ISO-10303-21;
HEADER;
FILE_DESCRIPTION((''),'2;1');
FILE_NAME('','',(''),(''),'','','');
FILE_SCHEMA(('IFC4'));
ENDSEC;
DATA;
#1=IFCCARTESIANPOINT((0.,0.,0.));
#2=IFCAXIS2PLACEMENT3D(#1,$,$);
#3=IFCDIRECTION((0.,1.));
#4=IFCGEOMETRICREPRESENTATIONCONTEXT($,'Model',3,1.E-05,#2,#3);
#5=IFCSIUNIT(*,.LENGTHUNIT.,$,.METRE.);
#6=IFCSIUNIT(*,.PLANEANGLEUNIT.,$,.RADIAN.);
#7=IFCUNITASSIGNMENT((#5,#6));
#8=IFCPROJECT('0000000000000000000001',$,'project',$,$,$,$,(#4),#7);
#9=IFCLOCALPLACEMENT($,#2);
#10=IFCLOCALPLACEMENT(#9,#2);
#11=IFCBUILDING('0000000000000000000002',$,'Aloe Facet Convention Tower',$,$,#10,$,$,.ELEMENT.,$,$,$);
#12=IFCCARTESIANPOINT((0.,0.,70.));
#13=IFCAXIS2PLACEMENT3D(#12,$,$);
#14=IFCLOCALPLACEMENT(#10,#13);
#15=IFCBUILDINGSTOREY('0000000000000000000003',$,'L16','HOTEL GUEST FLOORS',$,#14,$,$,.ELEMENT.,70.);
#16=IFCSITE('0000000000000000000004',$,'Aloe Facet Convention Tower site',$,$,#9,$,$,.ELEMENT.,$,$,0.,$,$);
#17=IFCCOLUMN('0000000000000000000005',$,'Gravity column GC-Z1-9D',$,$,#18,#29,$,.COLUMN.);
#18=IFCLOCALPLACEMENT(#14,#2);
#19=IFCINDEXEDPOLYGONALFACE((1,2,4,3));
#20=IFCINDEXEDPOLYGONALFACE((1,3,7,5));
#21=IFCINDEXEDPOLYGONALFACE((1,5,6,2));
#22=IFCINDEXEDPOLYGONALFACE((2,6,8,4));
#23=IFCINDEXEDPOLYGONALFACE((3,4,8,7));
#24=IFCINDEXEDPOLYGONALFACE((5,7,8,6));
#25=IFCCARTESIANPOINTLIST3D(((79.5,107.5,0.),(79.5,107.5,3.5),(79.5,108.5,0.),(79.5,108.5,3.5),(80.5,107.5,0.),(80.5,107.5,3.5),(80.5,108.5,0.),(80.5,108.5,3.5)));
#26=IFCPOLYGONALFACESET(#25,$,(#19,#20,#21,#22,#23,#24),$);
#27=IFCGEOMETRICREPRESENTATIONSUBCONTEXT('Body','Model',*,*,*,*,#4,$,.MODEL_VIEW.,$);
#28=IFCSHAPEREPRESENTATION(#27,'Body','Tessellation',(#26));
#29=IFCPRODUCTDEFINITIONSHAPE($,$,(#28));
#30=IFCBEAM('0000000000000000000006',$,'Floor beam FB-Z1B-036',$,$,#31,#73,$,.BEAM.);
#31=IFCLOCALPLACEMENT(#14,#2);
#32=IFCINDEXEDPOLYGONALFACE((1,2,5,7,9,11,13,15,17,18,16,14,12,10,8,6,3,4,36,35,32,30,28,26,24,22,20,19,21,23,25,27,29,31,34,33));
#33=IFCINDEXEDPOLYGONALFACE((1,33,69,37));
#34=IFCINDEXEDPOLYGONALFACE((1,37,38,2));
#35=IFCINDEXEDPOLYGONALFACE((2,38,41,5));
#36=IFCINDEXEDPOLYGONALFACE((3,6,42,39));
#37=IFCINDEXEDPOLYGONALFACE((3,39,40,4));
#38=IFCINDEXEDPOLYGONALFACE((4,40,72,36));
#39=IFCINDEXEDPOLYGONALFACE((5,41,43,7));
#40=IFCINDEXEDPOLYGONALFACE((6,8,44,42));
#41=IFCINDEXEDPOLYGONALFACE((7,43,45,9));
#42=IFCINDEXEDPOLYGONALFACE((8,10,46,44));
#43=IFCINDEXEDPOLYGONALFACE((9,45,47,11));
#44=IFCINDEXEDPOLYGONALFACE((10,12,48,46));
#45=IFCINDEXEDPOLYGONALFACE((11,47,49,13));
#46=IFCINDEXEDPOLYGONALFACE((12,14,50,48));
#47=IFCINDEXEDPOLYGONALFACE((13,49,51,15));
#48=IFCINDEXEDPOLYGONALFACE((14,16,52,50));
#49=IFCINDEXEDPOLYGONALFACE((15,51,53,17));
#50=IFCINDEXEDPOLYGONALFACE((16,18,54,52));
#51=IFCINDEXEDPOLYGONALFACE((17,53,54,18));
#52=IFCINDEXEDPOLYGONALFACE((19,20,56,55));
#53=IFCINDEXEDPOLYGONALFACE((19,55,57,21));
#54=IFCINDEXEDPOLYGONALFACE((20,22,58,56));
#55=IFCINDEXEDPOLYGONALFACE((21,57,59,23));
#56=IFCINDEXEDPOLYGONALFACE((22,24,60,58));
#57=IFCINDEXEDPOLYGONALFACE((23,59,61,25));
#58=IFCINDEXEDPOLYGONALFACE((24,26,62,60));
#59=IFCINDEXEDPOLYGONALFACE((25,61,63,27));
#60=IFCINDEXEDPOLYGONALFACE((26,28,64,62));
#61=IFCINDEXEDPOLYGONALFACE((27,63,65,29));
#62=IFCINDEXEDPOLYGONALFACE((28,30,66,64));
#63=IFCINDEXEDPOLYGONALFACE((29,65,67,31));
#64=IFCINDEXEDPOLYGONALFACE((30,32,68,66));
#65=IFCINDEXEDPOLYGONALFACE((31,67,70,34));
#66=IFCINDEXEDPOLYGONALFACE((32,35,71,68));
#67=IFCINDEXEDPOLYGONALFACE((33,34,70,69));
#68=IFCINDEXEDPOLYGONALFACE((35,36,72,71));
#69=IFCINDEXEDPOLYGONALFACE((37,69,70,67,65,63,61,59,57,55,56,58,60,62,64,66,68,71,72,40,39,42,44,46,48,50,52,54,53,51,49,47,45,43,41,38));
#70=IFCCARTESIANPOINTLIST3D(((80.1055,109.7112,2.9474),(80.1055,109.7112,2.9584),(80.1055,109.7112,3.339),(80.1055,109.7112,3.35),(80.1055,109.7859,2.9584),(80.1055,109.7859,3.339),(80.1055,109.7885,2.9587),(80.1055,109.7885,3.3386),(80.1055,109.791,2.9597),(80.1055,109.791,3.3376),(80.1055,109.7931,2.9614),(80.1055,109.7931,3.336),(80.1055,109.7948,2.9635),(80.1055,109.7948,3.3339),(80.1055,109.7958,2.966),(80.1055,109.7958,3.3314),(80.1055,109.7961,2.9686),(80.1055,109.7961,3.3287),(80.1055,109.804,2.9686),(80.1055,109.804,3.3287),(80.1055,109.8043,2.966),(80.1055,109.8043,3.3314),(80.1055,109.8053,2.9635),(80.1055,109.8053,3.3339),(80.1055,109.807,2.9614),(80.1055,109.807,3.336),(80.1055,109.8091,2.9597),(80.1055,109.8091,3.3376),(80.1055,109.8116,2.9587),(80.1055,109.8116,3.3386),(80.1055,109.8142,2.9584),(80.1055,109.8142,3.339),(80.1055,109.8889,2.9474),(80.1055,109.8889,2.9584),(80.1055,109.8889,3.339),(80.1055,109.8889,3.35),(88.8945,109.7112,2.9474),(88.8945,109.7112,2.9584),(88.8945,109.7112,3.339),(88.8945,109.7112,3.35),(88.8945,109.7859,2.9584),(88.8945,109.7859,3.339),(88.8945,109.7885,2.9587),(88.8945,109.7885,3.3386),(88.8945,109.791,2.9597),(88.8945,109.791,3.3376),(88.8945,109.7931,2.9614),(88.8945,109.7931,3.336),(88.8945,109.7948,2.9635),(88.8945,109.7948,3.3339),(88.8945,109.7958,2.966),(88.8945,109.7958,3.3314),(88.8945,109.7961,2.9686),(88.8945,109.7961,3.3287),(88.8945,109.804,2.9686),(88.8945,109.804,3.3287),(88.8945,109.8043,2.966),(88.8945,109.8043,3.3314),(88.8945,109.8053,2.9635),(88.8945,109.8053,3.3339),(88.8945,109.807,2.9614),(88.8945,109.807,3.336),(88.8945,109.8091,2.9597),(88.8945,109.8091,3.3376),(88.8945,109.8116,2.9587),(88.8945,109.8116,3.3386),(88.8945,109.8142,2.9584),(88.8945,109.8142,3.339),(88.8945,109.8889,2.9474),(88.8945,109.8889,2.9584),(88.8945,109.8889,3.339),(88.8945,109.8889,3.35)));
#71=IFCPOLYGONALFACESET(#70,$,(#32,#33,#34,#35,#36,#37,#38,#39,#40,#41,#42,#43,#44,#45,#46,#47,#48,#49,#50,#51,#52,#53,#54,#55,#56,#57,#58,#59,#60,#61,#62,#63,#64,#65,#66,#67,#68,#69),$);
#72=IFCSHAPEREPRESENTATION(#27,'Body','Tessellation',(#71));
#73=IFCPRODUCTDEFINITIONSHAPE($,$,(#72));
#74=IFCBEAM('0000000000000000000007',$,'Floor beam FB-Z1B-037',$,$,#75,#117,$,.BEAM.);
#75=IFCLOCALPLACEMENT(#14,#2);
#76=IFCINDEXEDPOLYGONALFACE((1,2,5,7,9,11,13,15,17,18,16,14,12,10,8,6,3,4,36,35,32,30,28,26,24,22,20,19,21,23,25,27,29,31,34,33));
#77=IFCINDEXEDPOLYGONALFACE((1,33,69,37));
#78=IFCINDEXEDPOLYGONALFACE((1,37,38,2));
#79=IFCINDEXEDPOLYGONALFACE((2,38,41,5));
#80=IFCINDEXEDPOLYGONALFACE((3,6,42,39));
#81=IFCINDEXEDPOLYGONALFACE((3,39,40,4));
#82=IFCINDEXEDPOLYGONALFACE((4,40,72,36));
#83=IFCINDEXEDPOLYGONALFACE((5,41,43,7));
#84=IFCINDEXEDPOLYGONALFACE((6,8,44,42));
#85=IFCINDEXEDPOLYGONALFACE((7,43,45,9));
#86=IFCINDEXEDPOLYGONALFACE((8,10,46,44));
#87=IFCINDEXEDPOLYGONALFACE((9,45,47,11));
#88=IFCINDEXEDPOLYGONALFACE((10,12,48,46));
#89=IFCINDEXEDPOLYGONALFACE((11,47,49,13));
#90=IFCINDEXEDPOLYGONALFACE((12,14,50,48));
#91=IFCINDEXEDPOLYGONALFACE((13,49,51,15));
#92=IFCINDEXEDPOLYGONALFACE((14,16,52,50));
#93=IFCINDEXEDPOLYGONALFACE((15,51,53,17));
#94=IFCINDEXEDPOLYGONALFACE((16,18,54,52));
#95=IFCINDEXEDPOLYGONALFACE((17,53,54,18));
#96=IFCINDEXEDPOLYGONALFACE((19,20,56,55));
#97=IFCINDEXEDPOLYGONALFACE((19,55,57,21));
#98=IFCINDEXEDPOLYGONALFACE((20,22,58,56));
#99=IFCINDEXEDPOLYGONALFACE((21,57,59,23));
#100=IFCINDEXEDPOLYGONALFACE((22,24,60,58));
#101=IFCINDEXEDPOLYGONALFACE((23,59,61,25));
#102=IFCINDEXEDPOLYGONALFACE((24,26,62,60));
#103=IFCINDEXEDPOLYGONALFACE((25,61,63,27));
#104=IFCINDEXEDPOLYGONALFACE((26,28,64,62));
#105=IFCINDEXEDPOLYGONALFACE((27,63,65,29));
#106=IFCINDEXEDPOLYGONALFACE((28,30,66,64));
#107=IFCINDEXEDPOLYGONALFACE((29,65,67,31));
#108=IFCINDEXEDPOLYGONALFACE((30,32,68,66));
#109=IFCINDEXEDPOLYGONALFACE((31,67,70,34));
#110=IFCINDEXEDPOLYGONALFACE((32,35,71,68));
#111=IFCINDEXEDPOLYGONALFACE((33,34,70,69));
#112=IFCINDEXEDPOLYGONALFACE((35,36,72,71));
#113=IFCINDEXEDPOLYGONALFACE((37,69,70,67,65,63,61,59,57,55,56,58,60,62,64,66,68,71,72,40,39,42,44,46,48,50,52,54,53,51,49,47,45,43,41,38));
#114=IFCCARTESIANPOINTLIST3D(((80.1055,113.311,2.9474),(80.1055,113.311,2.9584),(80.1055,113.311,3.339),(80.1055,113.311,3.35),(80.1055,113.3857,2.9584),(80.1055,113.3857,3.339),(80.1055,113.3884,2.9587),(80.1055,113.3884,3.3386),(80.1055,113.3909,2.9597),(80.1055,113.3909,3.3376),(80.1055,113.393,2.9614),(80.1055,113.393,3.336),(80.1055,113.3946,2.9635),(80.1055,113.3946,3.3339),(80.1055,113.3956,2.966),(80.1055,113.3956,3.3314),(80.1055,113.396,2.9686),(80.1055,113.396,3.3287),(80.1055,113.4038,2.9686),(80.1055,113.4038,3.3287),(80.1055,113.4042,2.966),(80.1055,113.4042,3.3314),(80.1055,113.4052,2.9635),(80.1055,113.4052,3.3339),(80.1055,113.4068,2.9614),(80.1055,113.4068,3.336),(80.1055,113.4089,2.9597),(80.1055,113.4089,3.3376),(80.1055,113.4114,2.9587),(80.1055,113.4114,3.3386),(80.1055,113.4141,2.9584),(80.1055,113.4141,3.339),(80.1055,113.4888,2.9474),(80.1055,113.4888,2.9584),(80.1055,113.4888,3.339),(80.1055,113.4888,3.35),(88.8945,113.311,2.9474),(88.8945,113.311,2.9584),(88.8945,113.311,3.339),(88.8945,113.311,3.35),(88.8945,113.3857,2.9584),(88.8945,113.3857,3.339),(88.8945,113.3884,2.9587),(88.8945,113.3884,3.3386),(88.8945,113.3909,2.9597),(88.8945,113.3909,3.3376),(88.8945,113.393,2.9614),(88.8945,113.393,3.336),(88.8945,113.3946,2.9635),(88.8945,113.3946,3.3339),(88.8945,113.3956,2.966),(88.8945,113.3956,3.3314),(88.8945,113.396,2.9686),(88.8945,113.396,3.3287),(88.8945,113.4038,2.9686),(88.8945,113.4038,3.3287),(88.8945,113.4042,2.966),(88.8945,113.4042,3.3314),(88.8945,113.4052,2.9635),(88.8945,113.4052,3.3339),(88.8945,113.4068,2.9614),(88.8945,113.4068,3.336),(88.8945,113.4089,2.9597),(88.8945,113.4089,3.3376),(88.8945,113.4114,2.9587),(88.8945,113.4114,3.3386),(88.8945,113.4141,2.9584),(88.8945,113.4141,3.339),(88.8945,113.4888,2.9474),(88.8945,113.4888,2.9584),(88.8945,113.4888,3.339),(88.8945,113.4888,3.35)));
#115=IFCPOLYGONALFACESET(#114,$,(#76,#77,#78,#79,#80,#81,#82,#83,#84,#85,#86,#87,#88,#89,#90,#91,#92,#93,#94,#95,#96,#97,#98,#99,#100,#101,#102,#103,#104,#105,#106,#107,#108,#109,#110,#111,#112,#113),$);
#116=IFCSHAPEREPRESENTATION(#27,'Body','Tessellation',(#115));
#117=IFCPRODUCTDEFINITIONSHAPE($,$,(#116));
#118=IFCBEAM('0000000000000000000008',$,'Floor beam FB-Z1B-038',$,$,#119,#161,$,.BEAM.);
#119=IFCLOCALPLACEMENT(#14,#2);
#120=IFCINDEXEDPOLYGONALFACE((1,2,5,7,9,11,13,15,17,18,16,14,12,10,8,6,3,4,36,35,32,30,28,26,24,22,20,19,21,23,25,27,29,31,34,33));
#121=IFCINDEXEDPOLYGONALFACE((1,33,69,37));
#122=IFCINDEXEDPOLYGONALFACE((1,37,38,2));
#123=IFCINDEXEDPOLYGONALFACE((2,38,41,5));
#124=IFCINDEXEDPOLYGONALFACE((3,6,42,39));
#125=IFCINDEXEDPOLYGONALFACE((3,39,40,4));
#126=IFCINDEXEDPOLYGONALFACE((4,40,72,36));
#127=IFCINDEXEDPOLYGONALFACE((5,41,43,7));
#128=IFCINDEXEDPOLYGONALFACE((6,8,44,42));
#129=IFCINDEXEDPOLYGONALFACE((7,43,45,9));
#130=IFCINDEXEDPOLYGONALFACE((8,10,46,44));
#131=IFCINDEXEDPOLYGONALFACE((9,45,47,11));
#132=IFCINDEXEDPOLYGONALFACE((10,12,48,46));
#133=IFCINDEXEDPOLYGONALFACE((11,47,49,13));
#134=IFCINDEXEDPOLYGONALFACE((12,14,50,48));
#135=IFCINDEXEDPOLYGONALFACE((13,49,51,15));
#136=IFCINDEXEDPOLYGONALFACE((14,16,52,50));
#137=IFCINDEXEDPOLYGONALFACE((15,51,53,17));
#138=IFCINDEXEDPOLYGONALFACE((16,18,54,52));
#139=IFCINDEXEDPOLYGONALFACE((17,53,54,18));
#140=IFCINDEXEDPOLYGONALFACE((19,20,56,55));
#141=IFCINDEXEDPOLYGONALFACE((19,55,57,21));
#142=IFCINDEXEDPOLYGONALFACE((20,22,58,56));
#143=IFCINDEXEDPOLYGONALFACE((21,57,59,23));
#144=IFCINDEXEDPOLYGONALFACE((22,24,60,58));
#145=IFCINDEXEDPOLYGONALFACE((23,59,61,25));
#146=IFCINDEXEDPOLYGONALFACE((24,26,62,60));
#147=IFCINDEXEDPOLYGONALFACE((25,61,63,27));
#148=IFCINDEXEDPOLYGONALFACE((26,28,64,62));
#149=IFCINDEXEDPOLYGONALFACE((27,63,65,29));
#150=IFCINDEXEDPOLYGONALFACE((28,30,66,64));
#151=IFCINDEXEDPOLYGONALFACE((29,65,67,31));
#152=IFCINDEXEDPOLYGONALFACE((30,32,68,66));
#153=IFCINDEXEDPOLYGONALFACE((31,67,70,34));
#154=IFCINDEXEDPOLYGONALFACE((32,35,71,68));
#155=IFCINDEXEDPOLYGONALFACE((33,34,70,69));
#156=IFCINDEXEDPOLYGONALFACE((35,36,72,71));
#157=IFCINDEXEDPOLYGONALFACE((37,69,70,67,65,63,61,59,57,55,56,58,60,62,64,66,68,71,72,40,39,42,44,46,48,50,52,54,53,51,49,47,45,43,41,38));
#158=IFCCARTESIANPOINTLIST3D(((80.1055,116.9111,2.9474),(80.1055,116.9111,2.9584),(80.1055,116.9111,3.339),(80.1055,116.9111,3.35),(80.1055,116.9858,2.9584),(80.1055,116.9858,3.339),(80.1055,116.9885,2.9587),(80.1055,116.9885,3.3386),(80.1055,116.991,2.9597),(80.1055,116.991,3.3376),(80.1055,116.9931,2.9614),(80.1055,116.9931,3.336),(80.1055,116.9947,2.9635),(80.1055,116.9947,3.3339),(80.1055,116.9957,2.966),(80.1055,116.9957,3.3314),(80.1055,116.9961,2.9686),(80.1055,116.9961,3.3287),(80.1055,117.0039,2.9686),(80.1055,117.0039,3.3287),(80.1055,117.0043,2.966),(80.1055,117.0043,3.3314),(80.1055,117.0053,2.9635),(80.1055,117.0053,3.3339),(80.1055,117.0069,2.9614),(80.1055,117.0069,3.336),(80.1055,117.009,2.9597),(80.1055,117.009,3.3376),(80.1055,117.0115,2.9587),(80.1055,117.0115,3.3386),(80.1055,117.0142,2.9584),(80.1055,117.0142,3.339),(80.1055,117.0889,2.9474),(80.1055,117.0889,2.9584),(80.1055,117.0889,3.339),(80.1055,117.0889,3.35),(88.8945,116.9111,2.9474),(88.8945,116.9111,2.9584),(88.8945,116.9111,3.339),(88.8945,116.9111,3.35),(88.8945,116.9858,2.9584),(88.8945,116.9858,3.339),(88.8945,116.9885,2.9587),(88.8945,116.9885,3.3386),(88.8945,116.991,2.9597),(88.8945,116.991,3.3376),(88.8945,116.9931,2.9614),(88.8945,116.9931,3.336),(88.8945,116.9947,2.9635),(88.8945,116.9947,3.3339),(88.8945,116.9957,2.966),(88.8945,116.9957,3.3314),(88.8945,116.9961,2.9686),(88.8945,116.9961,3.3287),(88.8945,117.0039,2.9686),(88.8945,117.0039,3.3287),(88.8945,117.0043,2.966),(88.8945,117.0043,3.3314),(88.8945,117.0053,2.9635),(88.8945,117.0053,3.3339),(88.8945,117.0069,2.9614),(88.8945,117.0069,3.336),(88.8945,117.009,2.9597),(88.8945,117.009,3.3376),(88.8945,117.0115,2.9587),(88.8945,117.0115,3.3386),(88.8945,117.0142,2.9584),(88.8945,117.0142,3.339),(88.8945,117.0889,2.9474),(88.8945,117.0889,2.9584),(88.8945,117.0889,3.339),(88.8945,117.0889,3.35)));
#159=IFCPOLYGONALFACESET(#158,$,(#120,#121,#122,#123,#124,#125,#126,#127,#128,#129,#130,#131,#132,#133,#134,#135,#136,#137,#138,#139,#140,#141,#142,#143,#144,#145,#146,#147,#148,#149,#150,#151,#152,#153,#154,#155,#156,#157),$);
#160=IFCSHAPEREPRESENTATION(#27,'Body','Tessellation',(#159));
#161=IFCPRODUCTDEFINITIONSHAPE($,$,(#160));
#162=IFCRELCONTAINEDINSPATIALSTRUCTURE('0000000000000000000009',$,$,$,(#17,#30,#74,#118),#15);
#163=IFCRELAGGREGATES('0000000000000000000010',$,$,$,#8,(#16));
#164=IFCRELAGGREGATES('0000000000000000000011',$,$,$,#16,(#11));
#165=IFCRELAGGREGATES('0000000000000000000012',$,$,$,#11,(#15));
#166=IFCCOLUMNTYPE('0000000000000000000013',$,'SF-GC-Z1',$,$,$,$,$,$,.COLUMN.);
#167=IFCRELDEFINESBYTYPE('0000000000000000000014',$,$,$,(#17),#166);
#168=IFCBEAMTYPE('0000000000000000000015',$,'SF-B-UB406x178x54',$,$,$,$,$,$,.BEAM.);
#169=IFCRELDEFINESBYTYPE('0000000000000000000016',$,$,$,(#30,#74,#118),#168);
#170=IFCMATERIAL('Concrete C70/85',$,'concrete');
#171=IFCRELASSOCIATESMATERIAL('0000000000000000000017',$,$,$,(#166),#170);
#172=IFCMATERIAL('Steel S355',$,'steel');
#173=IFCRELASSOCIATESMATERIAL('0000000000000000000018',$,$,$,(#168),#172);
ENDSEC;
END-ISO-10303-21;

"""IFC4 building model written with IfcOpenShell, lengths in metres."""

from ifc_helpers import new_model, si_unit, direction, frame, origin, origin_2d, place, context, subcontext, project, spatial, rectangle, i_section, extrude, material, material_profile, profile_set, type_object, element, save


model = new_model("IFC4")

# Units and contexts
model_context = context("Model", 3, precision=1e-05, world=origin(), true_north=direction((0.0, 1.0)))
body_context = subcontext(model_context, "Body", "Model", "MODEL_VIEW")
ifc_project = project(units=[si_unit("LENGTHUNIT", "METRE"), si_unit("PLANEANGLEUNIT", "RADIAN")], contexts=[model_context])

# Site, building, storey
site_placement = place(None, origin())
site = spatial("IfcSite", under=ifc_project, at=site_placement, Name="Aloe Facet Convention Tower site", CompositionType="ELEMENT", RefElevation=0.0)
building_placement = place(site_placement, origin())
building = spatial("IfcBuilding", under=site, at=building_placement, Name="Aloe Facet Convention Tower", CompositionType="ELEMENT")
storey_placement = place(building_placement, frame((0.0, 0.0, 70.0)))
storey = spatial("IfcBuildingStorey", under=building, at=storey_placement, Name="L16", Description="HOTEL GUEST FLOORS", CompositionType="ELEMENT", Elevation=70.0)

# Column
ifc_material_1 = material(Name="Concrete C70/85", Category="concrete")
ifc_material_profile_1 = material_profile(ifc_material_1, rectangle(XDim=1.0, YDim=1.0, at=origin_2d()), Name="SF-GC-Z1")
ifc_profile_set_1 = profile_set([ifc_material_profile_1], Name="Concrete C70/85")
column_type = type_object("IfcColumnType", Name="SF-GC-Z1", PredefinedType="COLUMN", material=ifc_profile_set_1)
column_placement = place(storey_placement, frame((80.0, 108.0, 0.0), z_axis=(0.0, 0.0, 1.0), x_axis=(1.0, 0.0, 0.0)))
element("IfcColumn", 1, at=column_placement, inside=storey, type_object=column_type, Name="Gravity column GC-Z1-9D", PredefinedType="COLUMN", context=body_context, shape_type="SweptSolid", body=[
    extrude(rectangle(XDim=1.0, YDim=1.0, at=origin_2d()), origin(), (0.0, 0.0, 1.0), 3.5),
])

# Beams
ifc_material_2 = material(Name="Steel S355", Category="steel")
ifc_material_profile_2 = material_profile(ifc_material_2, i_section(OverallWidth=0.1777, OverallDepth=0.4026, WebThickness=0.0078, FlangeThickness=0.011, FilletRadius=0.0103, at=origin_2d()), Name="UB 406x178x54")
ifc_profile_set_2 = profile_set([ifc_material_profile_2], Name="Steel S355")
beam_type_1 = type_object("IfcBeamType", Name="SF-B-UB406x178x54", PredefinedType="BEAM", material=ifc_profile_set_2)
for number, where, z_axis, x_axis, name in (
    (2, (80.1055, 109.8, 3.1487), (1.0, 0.0, 0.0), (0.0, 1.0, 0.0), "Floor beam FB-Z1B-036"),
    (3, (80.1055, 113.3999, 3.1487), (1.0, 0.0, 0.0), (0.0, 1.0, 0.0), "Floor beam FB-Z1B-037"),
    (4, (80.1055, 117.0, 3.1487), (1.0, 0.0, 0.0), (0.0, 1.0, 0.0), "Floor beam FB-Z1B-038"),
):
    element("IfcBeam", number, at=place(storey_placement, frame(where, z_axis=z_axis, x_axis=x_axis)), inside=storey, type_object=beam_type_1, Name=name, PredefinedType="BEAM", context=body_context, shape_type="SweptSolid", body=[
        extrude(i_section(OverallWidth=0.1777, OverallDepth=0.4026, WebThickness=0.0078, FlangeThickness=0.011, FilletRadius=0.0103, at=origin_2d()), origin(), (0.0, 0.0, 1.0), 8.7891),
    ])

save(model, "model.ifc")
